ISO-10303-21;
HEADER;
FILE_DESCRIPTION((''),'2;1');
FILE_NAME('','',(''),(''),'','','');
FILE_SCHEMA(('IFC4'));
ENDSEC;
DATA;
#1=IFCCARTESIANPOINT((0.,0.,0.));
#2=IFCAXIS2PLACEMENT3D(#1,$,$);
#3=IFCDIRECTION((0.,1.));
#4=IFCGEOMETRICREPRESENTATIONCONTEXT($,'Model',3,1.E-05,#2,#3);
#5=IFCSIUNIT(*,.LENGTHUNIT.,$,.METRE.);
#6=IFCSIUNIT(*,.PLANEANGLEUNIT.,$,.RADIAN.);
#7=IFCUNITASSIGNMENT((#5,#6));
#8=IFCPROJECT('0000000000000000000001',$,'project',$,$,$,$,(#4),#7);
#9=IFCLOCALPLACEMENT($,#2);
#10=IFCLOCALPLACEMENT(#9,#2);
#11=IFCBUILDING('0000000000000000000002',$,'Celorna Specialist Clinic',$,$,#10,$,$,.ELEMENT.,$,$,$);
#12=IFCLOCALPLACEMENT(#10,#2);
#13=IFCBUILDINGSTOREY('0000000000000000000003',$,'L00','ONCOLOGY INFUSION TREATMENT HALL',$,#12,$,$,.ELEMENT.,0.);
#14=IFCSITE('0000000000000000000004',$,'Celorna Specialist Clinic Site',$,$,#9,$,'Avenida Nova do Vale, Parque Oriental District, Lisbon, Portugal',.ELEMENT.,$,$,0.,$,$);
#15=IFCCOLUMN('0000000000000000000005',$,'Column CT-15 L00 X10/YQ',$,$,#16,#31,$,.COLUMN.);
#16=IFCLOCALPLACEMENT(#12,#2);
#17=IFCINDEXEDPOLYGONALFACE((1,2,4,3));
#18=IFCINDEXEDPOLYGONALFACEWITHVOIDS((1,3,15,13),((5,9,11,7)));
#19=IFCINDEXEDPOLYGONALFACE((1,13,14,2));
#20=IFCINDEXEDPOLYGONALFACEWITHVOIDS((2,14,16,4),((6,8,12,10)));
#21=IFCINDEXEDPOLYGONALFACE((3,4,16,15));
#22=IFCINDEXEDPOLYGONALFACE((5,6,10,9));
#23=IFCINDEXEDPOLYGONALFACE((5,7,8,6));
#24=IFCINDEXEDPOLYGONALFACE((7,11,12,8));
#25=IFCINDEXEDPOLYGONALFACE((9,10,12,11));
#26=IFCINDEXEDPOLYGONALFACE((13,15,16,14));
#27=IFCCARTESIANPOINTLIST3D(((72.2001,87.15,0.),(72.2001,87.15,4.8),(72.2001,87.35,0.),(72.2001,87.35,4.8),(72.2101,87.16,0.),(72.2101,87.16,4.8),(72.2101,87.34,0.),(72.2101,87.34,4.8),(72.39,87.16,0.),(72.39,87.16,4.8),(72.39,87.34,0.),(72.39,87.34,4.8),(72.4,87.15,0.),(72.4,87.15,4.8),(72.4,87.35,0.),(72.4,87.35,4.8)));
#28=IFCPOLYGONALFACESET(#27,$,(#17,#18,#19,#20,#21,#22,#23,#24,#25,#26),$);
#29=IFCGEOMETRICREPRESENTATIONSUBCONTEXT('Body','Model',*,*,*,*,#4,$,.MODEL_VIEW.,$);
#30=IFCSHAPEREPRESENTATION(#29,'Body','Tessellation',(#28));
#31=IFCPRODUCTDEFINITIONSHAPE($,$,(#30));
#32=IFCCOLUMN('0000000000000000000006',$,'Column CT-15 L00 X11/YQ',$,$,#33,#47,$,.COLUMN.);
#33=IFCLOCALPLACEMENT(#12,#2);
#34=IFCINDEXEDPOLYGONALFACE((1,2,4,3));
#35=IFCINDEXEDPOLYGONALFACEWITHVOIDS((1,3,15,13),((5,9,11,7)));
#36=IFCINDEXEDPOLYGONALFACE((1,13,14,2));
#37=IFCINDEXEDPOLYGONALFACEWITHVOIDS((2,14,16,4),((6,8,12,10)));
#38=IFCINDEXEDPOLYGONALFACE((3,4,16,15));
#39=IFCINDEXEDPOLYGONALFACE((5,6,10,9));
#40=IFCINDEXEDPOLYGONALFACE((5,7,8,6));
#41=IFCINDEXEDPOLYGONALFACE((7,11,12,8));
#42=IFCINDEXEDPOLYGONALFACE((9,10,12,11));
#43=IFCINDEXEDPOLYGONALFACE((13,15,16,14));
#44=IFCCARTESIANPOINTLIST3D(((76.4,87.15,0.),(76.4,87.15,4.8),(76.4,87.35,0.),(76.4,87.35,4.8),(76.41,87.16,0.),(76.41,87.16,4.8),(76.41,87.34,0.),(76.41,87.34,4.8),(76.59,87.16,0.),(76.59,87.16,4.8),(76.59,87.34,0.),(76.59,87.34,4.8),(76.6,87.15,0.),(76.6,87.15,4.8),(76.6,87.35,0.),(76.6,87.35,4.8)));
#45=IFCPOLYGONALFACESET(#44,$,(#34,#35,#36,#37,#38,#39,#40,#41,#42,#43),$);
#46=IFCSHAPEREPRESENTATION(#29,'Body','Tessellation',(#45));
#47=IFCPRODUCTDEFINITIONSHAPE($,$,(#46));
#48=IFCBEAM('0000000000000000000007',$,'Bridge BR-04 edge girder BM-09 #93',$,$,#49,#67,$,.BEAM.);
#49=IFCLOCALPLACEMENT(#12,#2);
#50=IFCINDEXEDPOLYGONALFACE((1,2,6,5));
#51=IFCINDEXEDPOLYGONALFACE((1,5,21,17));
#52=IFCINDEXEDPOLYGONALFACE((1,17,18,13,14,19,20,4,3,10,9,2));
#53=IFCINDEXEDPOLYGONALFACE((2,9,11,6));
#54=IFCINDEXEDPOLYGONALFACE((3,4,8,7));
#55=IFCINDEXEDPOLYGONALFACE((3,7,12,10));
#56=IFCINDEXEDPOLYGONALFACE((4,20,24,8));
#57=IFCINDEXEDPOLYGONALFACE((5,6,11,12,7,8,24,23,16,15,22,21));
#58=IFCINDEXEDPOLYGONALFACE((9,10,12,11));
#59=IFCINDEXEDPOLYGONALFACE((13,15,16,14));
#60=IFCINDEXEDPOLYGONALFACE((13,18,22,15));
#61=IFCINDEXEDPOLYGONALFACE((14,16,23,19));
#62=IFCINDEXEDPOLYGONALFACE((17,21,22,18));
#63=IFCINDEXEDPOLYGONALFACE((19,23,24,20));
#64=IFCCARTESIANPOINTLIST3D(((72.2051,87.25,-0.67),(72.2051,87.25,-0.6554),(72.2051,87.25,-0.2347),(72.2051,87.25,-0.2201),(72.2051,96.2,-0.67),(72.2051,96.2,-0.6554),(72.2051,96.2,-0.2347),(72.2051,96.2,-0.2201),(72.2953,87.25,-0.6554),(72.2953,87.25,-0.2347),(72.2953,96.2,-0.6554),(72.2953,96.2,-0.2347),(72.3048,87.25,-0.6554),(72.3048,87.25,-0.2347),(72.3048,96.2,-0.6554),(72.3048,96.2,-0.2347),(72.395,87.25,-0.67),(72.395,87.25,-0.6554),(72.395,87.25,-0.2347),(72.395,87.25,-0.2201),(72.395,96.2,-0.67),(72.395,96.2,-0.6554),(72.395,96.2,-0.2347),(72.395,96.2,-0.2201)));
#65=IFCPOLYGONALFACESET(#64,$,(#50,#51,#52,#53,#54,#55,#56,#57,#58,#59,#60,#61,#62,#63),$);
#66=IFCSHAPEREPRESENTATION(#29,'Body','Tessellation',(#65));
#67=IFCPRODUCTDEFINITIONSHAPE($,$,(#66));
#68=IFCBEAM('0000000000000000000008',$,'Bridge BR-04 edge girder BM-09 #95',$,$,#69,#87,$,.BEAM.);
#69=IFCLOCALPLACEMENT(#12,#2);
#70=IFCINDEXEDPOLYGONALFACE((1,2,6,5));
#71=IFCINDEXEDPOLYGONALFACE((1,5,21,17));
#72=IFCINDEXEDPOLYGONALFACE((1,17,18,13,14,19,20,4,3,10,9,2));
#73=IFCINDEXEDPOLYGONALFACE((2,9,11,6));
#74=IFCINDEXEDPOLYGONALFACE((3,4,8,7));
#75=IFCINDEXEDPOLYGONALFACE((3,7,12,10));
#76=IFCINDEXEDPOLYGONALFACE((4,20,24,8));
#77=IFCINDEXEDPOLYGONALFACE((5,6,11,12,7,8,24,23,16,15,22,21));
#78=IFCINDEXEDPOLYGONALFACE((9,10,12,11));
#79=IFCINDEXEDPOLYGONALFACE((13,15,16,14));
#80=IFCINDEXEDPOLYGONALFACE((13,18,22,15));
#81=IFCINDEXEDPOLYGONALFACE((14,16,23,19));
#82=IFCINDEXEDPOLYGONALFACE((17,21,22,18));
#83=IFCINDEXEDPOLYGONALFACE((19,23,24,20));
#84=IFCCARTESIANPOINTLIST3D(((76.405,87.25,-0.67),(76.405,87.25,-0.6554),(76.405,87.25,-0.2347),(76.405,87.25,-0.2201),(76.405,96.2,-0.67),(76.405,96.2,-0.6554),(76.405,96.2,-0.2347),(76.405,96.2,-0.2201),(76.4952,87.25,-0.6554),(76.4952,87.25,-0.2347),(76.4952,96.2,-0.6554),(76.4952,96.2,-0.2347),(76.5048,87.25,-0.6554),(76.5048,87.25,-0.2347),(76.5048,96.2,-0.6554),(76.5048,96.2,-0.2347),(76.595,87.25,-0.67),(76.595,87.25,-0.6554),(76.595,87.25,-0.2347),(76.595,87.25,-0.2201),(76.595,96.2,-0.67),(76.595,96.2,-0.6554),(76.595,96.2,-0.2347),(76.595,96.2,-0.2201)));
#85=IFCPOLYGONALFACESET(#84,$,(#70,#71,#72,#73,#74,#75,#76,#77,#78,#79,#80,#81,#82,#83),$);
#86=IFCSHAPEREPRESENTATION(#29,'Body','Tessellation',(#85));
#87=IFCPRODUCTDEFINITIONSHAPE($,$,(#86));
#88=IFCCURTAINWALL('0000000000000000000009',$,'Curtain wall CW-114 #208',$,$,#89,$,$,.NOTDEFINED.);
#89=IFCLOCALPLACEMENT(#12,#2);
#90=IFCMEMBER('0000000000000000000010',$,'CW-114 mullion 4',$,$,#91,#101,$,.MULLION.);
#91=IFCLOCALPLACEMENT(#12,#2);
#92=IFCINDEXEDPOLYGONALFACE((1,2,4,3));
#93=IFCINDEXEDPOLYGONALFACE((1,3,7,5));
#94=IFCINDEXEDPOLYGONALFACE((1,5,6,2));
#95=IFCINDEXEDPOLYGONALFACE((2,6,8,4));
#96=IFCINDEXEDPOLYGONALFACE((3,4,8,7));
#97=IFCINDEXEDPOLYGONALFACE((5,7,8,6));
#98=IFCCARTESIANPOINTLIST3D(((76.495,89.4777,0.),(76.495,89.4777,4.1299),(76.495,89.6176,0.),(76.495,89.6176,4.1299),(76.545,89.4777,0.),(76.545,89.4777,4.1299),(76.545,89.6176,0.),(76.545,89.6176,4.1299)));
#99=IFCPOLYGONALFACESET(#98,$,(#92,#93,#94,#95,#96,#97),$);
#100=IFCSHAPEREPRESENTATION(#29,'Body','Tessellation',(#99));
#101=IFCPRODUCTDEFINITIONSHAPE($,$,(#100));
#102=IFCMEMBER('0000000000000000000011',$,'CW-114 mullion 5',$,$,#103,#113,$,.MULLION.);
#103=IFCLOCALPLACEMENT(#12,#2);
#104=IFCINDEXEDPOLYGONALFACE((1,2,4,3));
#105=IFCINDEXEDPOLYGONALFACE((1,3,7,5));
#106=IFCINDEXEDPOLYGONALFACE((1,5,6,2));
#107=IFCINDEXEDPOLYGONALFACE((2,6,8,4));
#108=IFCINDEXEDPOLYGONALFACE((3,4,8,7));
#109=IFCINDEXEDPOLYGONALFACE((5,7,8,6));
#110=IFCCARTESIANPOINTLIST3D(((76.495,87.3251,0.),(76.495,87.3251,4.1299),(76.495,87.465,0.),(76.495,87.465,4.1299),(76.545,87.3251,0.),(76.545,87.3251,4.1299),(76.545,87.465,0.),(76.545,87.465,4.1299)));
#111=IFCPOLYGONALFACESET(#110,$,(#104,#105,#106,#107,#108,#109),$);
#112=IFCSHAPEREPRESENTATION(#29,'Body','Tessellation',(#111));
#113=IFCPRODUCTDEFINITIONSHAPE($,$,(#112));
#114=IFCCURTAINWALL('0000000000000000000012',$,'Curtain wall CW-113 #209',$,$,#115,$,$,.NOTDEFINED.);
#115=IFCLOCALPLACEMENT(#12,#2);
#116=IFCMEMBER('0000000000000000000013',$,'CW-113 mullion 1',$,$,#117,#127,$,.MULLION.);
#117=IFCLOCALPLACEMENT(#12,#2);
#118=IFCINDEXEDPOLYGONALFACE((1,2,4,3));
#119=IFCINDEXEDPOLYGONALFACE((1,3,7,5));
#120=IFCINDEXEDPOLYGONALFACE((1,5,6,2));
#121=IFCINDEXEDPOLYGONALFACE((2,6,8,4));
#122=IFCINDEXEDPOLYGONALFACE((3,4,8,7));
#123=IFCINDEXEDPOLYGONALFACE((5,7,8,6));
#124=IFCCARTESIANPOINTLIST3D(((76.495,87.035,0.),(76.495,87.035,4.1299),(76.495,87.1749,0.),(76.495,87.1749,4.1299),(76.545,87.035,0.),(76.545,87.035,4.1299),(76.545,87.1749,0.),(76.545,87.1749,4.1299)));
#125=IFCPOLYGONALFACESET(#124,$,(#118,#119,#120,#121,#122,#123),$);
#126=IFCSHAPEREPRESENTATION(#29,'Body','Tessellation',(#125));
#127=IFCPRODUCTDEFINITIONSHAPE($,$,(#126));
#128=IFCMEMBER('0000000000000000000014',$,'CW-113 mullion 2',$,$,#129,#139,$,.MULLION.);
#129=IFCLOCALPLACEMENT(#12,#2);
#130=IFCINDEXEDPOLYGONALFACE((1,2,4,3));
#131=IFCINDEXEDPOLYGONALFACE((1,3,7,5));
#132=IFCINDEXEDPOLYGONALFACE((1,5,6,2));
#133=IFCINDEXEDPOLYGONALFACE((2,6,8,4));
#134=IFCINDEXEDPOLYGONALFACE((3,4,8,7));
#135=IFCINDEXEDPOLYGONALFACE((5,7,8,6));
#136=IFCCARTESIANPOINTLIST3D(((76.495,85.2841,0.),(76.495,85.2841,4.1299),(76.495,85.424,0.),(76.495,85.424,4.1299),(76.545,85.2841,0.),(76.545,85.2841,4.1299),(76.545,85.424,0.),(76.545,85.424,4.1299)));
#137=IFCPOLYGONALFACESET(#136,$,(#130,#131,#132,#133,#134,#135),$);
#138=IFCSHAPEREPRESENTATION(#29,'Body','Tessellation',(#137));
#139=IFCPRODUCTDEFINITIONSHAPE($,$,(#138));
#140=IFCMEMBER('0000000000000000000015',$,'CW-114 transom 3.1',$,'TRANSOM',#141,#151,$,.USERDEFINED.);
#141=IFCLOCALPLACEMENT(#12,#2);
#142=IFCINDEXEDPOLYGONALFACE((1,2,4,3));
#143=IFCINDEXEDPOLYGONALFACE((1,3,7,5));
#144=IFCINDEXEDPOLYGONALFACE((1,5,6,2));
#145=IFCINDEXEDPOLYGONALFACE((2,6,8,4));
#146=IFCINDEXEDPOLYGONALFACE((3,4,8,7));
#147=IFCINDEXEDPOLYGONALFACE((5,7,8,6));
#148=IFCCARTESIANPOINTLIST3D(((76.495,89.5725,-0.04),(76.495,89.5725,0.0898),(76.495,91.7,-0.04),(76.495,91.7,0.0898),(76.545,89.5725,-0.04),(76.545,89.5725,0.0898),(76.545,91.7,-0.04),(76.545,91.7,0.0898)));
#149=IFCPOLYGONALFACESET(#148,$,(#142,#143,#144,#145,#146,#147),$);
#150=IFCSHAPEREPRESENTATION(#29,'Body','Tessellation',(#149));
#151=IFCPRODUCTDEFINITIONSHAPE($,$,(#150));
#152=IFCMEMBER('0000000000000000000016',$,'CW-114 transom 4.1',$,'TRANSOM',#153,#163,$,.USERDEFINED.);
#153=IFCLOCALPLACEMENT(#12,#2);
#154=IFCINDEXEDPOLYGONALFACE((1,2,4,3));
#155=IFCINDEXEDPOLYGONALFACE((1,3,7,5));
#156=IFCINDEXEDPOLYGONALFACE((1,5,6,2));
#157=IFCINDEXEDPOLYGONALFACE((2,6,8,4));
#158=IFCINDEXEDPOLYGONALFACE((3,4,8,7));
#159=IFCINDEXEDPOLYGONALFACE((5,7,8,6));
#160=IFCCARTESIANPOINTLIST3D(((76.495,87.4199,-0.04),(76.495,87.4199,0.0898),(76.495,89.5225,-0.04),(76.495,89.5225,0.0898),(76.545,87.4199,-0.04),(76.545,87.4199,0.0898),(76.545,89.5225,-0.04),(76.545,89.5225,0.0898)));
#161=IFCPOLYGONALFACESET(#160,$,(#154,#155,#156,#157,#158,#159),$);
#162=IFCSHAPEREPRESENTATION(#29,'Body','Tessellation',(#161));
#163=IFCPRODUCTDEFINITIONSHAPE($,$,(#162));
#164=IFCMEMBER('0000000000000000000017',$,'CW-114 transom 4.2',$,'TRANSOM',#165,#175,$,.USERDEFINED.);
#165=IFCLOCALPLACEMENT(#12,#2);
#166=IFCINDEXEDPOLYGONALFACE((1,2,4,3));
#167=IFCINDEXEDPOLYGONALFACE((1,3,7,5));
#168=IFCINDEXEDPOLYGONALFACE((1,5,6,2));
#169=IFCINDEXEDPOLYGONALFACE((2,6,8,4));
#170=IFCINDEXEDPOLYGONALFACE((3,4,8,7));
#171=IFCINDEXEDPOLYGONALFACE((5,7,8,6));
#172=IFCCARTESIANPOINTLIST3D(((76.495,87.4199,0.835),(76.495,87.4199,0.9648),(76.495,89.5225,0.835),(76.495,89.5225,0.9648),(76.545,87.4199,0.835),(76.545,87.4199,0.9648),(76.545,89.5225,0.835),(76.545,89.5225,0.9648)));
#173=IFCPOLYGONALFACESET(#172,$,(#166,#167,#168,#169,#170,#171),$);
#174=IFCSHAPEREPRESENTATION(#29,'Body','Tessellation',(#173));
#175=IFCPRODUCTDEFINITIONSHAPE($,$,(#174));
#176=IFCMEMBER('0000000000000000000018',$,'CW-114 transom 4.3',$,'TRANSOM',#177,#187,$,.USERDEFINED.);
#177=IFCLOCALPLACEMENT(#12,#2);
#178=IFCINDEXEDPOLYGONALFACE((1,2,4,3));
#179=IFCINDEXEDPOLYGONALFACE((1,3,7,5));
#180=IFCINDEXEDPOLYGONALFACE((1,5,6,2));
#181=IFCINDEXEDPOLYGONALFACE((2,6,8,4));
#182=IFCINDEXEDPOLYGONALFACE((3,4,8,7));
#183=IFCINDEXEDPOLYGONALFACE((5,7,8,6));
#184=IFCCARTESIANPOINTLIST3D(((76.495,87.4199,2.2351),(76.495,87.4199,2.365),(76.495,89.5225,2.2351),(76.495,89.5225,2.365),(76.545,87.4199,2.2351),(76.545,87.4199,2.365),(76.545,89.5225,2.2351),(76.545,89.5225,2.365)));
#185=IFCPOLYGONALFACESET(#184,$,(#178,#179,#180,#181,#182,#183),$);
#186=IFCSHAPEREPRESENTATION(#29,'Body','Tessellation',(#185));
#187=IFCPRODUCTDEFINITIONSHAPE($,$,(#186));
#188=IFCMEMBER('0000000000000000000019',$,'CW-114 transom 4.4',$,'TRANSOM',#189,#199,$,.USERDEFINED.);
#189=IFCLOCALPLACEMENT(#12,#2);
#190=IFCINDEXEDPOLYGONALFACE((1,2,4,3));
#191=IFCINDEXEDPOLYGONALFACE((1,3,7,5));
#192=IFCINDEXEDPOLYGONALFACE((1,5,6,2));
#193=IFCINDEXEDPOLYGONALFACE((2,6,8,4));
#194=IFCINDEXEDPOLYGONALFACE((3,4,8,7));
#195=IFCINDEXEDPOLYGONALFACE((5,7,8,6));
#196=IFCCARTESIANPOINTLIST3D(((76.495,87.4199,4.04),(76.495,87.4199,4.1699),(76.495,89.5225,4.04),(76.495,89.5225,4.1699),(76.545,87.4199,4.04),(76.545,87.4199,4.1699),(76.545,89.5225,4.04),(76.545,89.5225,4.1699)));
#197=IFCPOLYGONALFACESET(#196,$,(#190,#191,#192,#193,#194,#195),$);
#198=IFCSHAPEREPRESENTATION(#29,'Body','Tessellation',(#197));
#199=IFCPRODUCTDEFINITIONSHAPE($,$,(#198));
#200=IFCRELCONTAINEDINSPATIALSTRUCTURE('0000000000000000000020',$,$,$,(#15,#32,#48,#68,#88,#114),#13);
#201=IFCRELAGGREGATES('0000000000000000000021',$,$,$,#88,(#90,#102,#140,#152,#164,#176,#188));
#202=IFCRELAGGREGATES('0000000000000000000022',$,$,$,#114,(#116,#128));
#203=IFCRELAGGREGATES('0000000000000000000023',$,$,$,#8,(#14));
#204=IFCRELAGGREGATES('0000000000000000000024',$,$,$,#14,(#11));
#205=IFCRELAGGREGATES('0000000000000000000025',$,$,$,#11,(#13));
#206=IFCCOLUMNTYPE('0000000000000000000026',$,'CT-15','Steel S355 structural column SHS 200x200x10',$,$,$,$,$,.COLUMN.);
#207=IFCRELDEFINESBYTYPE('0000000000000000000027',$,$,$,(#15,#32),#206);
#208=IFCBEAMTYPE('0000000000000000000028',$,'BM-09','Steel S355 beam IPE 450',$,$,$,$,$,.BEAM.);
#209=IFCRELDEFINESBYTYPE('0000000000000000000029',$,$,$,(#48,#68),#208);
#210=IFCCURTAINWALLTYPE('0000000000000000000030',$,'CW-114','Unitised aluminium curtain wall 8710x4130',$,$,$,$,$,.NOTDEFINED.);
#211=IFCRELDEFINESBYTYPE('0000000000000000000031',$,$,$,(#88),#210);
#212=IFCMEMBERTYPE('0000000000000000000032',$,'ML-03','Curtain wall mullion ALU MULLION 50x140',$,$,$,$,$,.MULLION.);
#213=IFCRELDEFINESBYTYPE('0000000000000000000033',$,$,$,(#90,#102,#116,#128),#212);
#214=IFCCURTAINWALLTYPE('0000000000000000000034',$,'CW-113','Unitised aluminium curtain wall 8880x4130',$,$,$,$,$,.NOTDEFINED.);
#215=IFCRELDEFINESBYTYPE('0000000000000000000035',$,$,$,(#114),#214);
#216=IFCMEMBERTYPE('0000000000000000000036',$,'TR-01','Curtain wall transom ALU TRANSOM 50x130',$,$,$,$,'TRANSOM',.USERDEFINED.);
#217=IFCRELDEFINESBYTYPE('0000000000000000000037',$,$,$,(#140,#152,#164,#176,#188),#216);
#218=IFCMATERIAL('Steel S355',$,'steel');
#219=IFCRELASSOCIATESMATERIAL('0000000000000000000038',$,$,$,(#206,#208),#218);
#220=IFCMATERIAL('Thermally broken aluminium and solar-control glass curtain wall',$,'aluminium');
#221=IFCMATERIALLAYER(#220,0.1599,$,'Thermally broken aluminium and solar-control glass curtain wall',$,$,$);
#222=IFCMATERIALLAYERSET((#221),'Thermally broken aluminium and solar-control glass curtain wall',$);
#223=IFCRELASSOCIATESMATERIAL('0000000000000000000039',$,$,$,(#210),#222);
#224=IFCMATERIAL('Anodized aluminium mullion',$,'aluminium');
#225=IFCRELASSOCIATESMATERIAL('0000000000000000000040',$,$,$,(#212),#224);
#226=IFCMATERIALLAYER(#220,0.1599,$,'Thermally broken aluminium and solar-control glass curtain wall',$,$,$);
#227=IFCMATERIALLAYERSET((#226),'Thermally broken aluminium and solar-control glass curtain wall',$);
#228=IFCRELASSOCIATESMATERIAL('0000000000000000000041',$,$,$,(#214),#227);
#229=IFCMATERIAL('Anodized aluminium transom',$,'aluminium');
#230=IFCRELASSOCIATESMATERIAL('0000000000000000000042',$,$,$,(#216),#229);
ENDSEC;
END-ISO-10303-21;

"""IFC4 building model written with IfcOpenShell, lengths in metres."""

from ifc_helpers import new_model, si_unit, direction, frame, origin, origin_2d, place, context, subcontext, project, spatial, rectangle, hollow_rectangle, i_section, extrude, material, layer, layer_set, material_profile, profile_set, type_object, element, aggregate, save


model = new_model("IFC4")

# Units and contexts
model_context = context("Model", 3, precision=1e-05, world=origin(), true_north=direction((0.0, 1.0)))
body_context = subcontext(model_context, "Body", "Model", "MODEL_VIEW")
ifc_project = project(units=[si_unit("LENGTHUNIT", "METRE"), si_unit("PLANEANGLEUNIT", "RADIAN")], contexts=[model_context])

# Site, building, storey
site_placement = place(None, origin())
site = spatial("IfcSite", under=ifc_project, at=site_placement, Name="Celorna Specialist Clinic Site", LongName="Avenida Nova do Vale, Parque Oriental District, Lisbon, Portugal", CompositionType="ELEMENT", RefElevation=0.0)
building_placement = place(site_placement, origin())
building = spatial("IfcBuilding", under=site, at=building_placement, Name="Celorna Specialist Clinic", CompositionType="ELEMENT")
storey_placement = place(building_placement, origin())
storey = spatial("IfcBuildingStorey", under=building, at=storey_placement, Name="L00", Description="ONCOLOGY INFUSION TREATMENT HALL", CompositionType="ELEMENT", Elevation=0.0)

# Columns
ifc_material_1 = material(Name="Steel S355", Category="steel")
ifc_material_profile_1 = material_profile(ifc_material_1, hollow_rectangle(XDim=0.2, YDim=0.2, WallThickness=0.01, at=origin_2d()), Name="SHS 200x200x10")
ifc_profile_set_1 = profile_set([ifc_material_profile_1], Name="Steel S355")
column_type = type_object("IfcColumnType", Name="CT-15", Description="Steel S355 structural column SHS 200x200x10", PredefinedType="COLUMN", material=ifc_profile_set_1)
for number, where, z_axis, x_axis, name in (
    (1, (72.3, 87.25, 0.0), (0.0, 0.0, 1.0), (1.0, 0.0, 0.0), "Column CT-15 L00 X10/YQ"),
    (2, (76.5, 87.25, 0.0), (0.0, 0.0, 1.0), (1.0, 0.0, 0.0), "Column CT-15 L00 X11/YQ"),
):
    element("IfcColumn", number, at=place(storey_placement, frame(where, z_axis=z_axis, x_axis=x_axis)), inside=storey, type_object=column_type, Name=name, PredefinedType="COLUMN", context=body_context, shape_type="SweptSolid", body=[
        extrude(hollow_rectangle(XDim=0.2, YDim=0.2, WallThickness=0.01, at=origin_2d()), origin(), (0.0, 0.0, 1.0), 4.8),
    ])

# Beams
ifc_material_profile_2 = material_profile(ifc_material_1, i_section(OverallWidth=0.1899, OverallDepth=0.45, WebThickness=0.0095, FlangeThickness=0.0146, at=origin_2d()), Name="IPE 450")
ifc_profile_set_2 = profile_set([ifc_material_profile_2], Name="Steel S355")
beam_type = type_object("IfcBeamType", Name="BM-09", Description="Steel S355 beam IPE 450", PredefinedType="BEAM", material=ifc_profile_set_2)
for number, where, z_axis, x_axis, name in (
    (3, (72.3, 87.25, -0.4451), (0.0, 1.0, 0.0), (-1.0, 0.0, 0.0), "Bridge BR-04 edge girder BM-09 #93"),
    (4, (76.5, 87.25, -0.4451), (0.0, 1.0, 0.0), (-1.0, 0.0, 0.0), "Bridge BR-04 edge girder BM-09 #95"),
):
    element("IfcBeam", number, at=place(storey_placement, frame(where, z_axis=z_axis, x_axis=x_axis)), inside=storey, type_object=beam_type, Name=name, PredefinedType="BEAM", context=body_context, shape_type="SweptSolid", body=[
        extrude(i_section(OverallWidth=0.1899, OverallDepth=0.45, WebThickness=0.0095, FlangeThickness=0.0146, at=origin_2d()), origin(), (0.0, 0.0, 1.0), 8.95),
    ])

# Curtain walls, members
ifc_material_2 = material(Name="Thermally broken aluminium and solar-control glass curtain wall", Category="aluminium")
ifc_layer_1 = layer(ifc_material_2, 0.1599, Name="Thermally broken aluminium and solar-control glass curtain wall")
ifc_layer_set_1 = layer_set([ifc_layer_1], Name="Thermally broken aluminium and solar-control glass curtain wall")
curtain_wall_type_1 = type_object("IfcCurtainWallType", Name="CW-114", Description="Unitised aluminium curtain wall 8710x4130", PredefinedType="NOTDEFINED", material=ifc_layer_set_1)
curtain_wall_1_placement = place(storey_placement, origin())
curtain_wall_1 = element("IfcCurtainWall", 5, at=curtain_wall_1_placement, inside=storey, type_object=curtain_wall_type_1, Name="Curtain wall CW-114 #208", PredefinedType="NOTDEFINED")
ifc_material_3 = material(Name="Anodized aluminium mullion", Category="aluminium")
ifc_material_profile_3 = material_profile(ifc_material_3, rectangle(XDim=0.05, YDim=0.1399, at=origin_2d()), Name="ALU MULLION 50x140")
ifc_profile_set_3 = profile_set([ifc_material_profile_3], Name="Anodized aluminium mullion")
member_type_1 = type_object("IfcMemberType", Name="ML-03", Description="Curtain wall mullion ALU MULLION 50x140", PredefinedType="MULLION", material=ifc_profile_set_3)
member_1_placement = place(storey_placement, frame((76.52, 89.5476, 0.0), z_axis=(0.0, 0.0, 1.0), x_axis=(1.0, 0.0, 0.0)))
member_1 = element("IfcMember", 6, at=member_1_placement, type_object=member_type_1, Name="CW-114 mullion 4", PredefinedType="MULLION", context=body_context, shape_type="SweptSolid", body=[
    extrude(rectangle(XDim=0.05, YDim=0.1399, at=origin_2d()), origin(), (0.0, 0.0, 1.0), 4.1299),
])
member_2_placement = place(storey_placement, frame((76.52, 87.395, 0.0), z_axis=(0.0, 0.0, 1.0), x_axis=(1.0, 0.0, 0.0)))
member_2 = element("IfcMember", 7, at=member_2_placement, type_object=member_type_1, Name="CW-114 mullion 5", PredefinedType="MULLION", context=body_context, shape_type="SweptSolid", body=[
    extrude(rectangle(XDim=0.05, YDim=0.1399, at=origin_2d()), origin(), (0.0, 0.0, 1.0), 4.1299),
])
ifc_layer_2 = layer(ifc_material_2, 0.1599, Name="Thermally broken aluminium and solar-control glass curtain wall")
ifc_layer_set_2 = layer_set([ifc_layer_2], Name="Thermally broken aluminium and solar-control glass curtain wall")
curtain_wall_type_2 = type_object("IfcCurtainWallType", Name="CW-113", Description="Unitised aluminium curtain wall 8880x4130", PredefinedType="NOTDEFINED", material=ifc_layer_set_2)
curtain_wall_2_placement = place(storey_placement, origin())
curtain_wall_2 = element("IfcCurtainWall", 8, at=curtain_wall_2_placement, inside=storey, type_object=curtain_wall_type_2, Name="Curtain wall CW-113 #209", PredefinedType="NOTDEFINED")
member_3_placement = place(storey_placement, frame((76.52, 87.105, 0.0), z_axis=(0.0, 0.0, 1.0), x_axis=(1.0, 0.0, 0.0)))
member_3 = element("IfcMember", 9, at=member_3_placement, type_object=member_type_1, Name="CW-113 mullion 1", PredefinedType="MULLION", context=body_context, shape_type="SweptSolid", body=[
    extrude(rectangle(XDim=0.05, YDim=0.1399, at=origin_2d()), origin(), (0.0, 0.0, 1.0), 4.1299),
])
member_4_placement = place(storey_placement, frame((76.52, 85.354, 0.0), z_axis=(0.0, 0.0, 1.0), x_axis=(1.0, 0.0, 0.0)))
member_4 = element("IfcMember", 10, at=member_4_placement, type_object=member_type_1, Name="CW-113 mullion 2", PredefinedType="MULLION", context=body_context, shape_type="SweptSolid", body=[
    extrude(rectangle(XDim=0.05, YDim=0.1399, at=origin_2d()), origin(), (0.0, 0.0, 1.0), 4.1299),
])

# Members
ifc_material_4 = material(Name="Anodized aluminium transom", Category="aluminium")
ifc_material_profile_4 = material_profile(ifc_material_4, rectangle(XDim=0.05, YDim=0.1299, at=origin_2d()), Name="ALU TRANSOM 50x130")
ifc_profile_set_4 = profile_set([ifc_material_profile_4], Name="Anodized aluminium transom")
member_type_2 = type_object("IfcMemberType", Name="TR-01", Description="Curtain wall transom ALU TRANSOM 50x130", ElementType="TRANSOM", PredefinedType="USERDEFINED", material=ifc_profile_set_4)
member_5_placement = place(storey_placement, frame((76.52, 91.7, 0.0249), z_axis=(0.0, -1.0, 0.0), x_axis=(1.0, 0.0, 0.0)))
member_5 = element("IfcMember", 11, at=member_5_placement, type_object=member_type_2, Name="CW-114 transom 3.1", ObjectType="TRANSOM", PredefinedType="USERDEFINED", context=body_context, shape_type="SweptSolid", body=[
    extrude(rectangle(XDim=0.05, YDim=0.1299, at=origin_2d()), origin(), (0.0, 0.0, 1.0), 2.1274),
])
member_6_placement = place(storey_placement, frame((76.52, 89.5225, 0.0249), z_axis=(0.0, -1.0, 0.0), x_axis=(1.0, 0.0, 0.0)))
member_6 = element("IfcMember", 12, at=member_6_placement, type_object=member_type_2, Name="CW-114 transom 4.1", ObjectType="TRANSOM", PredefinedType="USERDEFINED", context=body_context, shape_type="SweptSolid", body=[
    extrude(rectangle(XDim=0.05, YDim=0.1299, at=origin_2d()), origin(), (0.0, 0.0, 1.0), 2.1025),
])
member_7_placement = place(storey_placement, frame((76.52, 89.5225, 0.8999), z_axis=(0.0, -1.0, 0.0), x_axis=(1.0, 0.0, 0.0)))
member_7 = element("IfcMember", 13, at=member_7_placement, type_object=member_type_2, Name="CW-114 transom 4.2", ObjectType="TRANSOM", PredefinedType="USERDEFINED", context=body_context, shape_type="SweptSolid", body=[
    extrude(rectangle(XDim=0.05, YDim=0.1299, at=origin_2d()), origin(), (0.0, 0.0, 1.0), 2.1025),
])
member_8_placement = place(storey_placement, frame((76.52, 89.5225, 2.3), z_axis=(0.0, -1.0, 0.0), x_axis=(1.0, 0.0, 0.0)))
member_8 = element("IfcMember", 14, at=member_8_placement, type_object=member_type_2, Name="CW-114 transom 4.3", ObjectType="TRANSOM", PredefinedType="USERDEFINED", context=body_context, shape_type="SweptSolid", body=[
    extrude(rectangle(XDim=0.05, YDim=0.1299, at=origin_2d()), origin(), (0.0, 0.0, 1.0), 2.1025),
])
member_9_placement = place(storey_placement, frame((76.52, 89.5225, 4.105), z_axis=(0.0, -1.0, 0.0), x_axis=(1.0, 0.0, 0.0)))
member_9 = element("IfcMember", 15, at=member_9_placement, type_object=member_type_2, Name="CW-114 transom 4.4", ObjectType="TRANSOM", PredefinedType="USERDEFINED", context=body_context, shape_type="SweptSolid", body=[
    extrude(rectangle(XDim=0.05, YDim=0.1299, at=origin_2d()), origin(), (0.0, 0.0, 1.0), 2.1025),
])

aggregate(curtain_wall_1, [member_1, member_2, member_5, member_6, member_7, member_8, member_9])
aggregate(curtain_wall_2, [member_3, member_4])

save(model, "model.ifc")
